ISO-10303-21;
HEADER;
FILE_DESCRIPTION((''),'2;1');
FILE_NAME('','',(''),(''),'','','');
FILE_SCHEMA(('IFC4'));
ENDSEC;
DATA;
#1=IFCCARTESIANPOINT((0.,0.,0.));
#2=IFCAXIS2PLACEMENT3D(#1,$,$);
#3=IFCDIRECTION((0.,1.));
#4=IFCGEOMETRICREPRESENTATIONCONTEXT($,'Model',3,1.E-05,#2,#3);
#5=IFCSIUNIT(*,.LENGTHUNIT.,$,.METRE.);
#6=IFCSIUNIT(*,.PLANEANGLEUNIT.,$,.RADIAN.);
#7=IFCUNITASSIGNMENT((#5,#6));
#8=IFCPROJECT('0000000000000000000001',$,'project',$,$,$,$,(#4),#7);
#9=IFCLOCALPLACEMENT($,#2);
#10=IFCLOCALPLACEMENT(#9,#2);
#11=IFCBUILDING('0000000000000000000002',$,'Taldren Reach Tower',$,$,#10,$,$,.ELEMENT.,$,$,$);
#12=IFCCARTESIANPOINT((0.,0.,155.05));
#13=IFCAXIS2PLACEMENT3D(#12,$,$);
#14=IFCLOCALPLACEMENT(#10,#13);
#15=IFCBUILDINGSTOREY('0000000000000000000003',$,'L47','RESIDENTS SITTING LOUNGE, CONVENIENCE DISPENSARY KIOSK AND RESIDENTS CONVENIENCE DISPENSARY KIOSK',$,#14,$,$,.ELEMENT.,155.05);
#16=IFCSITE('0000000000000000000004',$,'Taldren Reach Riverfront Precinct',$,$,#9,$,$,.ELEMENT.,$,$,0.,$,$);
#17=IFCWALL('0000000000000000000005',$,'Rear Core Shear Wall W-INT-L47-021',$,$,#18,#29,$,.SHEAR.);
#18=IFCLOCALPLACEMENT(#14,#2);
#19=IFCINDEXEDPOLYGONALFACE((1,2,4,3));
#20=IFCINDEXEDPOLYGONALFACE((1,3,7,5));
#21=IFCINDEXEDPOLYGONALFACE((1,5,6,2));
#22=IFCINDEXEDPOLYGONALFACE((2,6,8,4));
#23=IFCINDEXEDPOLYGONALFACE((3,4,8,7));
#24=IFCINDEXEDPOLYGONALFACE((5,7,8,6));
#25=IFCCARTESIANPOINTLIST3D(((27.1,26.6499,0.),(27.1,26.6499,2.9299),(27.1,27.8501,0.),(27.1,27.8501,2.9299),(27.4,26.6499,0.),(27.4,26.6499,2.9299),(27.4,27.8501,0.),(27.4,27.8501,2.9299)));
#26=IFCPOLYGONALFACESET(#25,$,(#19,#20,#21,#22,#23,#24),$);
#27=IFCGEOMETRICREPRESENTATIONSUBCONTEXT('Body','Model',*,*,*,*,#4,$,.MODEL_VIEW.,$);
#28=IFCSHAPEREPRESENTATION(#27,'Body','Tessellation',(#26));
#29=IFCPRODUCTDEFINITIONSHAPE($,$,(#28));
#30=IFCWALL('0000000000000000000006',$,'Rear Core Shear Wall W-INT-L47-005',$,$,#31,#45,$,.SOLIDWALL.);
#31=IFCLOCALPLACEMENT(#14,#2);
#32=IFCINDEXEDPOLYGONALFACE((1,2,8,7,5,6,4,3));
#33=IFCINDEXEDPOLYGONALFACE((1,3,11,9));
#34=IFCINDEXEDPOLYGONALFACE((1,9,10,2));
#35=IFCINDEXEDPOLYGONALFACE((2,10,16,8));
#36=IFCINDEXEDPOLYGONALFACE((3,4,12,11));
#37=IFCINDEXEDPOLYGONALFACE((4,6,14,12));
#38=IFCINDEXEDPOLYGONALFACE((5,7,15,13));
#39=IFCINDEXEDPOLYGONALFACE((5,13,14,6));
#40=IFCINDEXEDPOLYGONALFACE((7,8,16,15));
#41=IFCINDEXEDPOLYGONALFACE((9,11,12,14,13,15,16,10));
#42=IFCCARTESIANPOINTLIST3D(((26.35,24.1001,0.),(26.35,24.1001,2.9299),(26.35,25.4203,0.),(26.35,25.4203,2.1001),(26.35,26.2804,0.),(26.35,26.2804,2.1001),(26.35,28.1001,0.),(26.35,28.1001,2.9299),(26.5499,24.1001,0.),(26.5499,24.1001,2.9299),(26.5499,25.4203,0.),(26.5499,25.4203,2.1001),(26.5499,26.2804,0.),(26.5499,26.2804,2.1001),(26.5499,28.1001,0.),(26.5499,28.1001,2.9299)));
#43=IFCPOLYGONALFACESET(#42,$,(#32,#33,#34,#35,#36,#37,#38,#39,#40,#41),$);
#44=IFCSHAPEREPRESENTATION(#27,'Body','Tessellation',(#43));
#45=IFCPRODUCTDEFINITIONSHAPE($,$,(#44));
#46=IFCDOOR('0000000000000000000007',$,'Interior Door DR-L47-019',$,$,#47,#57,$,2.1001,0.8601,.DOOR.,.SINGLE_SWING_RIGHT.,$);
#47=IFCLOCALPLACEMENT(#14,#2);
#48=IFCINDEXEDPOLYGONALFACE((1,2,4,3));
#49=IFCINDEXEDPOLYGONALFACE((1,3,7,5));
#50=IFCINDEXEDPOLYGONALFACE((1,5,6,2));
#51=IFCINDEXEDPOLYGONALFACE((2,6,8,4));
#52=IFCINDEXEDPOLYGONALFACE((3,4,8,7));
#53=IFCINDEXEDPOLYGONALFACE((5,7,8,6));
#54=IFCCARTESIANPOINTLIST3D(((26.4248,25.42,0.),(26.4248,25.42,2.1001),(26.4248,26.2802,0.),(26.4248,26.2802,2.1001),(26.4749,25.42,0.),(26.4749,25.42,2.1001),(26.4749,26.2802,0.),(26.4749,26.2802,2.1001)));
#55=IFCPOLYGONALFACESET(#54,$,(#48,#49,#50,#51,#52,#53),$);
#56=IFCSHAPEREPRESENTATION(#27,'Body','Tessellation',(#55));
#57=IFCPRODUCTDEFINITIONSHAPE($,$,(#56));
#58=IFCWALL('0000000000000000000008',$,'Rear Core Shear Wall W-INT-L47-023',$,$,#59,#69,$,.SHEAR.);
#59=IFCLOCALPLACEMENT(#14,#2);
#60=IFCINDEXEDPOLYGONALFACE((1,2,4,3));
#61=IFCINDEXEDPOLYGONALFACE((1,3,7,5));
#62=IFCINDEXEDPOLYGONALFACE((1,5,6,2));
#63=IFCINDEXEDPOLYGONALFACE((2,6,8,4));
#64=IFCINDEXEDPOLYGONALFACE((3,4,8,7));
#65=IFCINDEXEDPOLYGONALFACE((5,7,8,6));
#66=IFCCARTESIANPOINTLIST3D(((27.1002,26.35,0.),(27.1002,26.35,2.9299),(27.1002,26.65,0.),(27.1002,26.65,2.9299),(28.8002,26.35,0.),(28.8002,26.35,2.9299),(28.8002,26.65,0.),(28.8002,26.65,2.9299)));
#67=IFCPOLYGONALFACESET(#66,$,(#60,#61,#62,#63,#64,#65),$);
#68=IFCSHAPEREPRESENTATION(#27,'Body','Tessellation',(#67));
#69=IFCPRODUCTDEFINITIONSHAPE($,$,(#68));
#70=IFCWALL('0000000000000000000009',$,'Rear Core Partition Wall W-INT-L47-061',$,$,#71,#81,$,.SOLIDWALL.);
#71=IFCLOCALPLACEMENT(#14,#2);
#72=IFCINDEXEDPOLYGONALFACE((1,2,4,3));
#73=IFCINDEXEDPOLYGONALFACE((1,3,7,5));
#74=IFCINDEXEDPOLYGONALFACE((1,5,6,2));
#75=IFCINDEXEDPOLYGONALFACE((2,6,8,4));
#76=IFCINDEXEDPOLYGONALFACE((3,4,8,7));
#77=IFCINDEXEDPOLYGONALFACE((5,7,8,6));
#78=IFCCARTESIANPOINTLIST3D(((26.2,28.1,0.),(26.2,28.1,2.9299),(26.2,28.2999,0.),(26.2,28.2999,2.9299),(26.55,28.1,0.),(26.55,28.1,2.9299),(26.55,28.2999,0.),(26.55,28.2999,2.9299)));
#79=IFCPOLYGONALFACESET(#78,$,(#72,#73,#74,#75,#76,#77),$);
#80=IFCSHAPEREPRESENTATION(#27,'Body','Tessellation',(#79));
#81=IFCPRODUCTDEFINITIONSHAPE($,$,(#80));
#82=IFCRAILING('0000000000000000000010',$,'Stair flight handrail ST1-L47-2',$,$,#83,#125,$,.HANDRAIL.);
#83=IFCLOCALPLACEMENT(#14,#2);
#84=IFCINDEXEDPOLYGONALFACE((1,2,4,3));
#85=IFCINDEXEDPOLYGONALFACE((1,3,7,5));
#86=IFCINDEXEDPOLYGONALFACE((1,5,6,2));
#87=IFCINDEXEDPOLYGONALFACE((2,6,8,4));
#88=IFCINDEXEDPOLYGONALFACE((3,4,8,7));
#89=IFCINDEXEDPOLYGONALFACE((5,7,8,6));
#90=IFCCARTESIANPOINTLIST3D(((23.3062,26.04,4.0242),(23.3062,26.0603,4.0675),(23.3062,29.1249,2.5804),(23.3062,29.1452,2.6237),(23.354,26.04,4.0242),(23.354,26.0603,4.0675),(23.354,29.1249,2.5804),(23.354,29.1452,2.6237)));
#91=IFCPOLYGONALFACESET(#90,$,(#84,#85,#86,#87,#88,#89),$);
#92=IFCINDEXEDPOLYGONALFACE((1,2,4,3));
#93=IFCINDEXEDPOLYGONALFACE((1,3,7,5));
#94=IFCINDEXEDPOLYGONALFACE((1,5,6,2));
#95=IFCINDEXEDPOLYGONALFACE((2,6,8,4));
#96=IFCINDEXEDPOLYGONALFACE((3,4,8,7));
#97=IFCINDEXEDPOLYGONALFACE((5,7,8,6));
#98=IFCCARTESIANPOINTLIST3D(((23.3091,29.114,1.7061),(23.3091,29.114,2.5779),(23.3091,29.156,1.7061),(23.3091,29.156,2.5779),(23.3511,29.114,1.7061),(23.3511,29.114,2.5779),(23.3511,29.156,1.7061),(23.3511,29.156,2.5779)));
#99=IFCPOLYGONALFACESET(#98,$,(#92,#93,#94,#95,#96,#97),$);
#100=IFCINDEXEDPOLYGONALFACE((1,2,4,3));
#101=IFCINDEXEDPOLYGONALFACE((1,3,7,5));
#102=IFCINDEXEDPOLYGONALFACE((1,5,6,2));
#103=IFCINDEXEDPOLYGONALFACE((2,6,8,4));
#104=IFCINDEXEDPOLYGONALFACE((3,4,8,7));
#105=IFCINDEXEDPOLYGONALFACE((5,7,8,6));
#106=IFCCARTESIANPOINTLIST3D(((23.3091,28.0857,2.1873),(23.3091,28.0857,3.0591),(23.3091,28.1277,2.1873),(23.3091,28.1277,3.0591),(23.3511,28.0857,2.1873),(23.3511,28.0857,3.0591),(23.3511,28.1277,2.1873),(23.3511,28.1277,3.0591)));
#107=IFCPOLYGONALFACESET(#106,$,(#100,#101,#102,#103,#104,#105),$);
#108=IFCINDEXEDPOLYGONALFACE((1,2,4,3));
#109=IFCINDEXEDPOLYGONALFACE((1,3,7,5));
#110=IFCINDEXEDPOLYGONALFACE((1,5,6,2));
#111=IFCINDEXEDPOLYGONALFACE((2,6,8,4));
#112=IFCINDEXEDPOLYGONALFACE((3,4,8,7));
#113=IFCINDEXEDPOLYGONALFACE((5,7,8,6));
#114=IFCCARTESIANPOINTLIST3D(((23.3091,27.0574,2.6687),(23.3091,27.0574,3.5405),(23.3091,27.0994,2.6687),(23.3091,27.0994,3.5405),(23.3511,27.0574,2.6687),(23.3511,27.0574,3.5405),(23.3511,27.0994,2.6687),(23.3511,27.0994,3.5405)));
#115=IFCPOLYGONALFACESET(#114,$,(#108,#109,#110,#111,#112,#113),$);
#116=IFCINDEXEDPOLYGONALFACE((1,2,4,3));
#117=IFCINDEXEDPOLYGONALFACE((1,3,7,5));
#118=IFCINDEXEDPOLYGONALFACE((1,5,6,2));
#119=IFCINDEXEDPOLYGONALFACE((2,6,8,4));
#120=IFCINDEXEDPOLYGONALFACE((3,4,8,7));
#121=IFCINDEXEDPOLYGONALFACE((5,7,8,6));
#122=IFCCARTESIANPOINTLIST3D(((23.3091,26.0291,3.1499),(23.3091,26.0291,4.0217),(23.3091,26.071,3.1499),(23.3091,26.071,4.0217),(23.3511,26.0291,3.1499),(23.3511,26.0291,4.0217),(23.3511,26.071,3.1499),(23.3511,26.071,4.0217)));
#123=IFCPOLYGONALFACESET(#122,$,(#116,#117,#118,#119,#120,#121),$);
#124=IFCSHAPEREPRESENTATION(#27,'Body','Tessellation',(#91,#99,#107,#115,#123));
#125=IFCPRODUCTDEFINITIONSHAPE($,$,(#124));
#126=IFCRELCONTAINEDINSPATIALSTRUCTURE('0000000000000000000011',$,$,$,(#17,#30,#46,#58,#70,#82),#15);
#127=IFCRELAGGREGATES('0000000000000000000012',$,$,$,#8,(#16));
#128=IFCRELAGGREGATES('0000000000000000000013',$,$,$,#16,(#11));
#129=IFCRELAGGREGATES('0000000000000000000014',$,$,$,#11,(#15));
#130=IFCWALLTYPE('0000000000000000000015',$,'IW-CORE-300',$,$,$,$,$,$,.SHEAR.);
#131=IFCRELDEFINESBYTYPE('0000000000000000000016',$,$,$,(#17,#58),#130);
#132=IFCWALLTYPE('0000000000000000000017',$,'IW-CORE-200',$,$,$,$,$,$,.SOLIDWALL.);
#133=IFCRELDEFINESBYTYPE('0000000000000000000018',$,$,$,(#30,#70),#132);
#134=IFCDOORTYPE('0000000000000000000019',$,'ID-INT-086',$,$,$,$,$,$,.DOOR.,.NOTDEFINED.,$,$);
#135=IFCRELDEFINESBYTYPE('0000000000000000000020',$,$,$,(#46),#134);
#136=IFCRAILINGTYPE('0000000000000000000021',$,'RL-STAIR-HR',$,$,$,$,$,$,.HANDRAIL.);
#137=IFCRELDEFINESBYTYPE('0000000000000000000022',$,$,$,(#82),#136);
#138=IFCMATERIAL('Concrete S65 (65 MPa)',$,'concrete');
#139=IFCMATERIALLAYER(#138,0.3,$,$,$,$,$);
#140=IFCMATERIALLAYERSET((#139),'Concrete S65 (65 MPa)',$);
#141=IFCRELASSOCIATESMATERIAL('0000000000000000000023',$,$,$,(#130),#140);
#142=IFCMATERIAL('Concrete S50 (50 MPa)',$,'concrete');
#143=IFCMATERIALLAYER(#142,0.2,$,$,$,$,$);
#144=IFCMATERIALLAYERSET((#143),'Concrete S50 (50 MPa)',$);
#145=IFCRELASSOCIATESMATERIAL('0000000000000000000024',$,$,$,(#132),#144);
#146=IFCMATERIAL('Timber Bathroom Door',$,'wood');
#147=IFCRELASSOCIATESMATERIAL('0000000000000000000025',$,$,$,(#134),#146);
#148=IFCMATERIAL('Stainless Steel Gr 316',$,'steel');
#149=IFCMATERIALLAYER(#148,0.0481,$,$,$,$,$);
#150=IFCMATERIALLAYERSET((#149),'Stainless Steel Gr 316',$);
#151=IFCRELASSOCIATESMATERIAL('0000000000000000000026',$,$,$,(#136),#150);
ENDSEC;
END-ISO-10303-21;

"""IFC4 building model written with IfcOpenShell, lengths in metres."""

from ifc_helpers import new_model, si_unit, direction, frame, frame_2d, origin, origin_2d, place, context, subcontext, project, spatial, rectangle, extrude, source, transform, mapped, material, layer, layer_set, type_object, element, fill, save


model = new_model("IFC4")

# Units and contexts
model_context = context("Model", 3, precision=1e-05, world=origin(), true_north=direction((0.0, 1.0)))
body_context = subcontext(model_context, "Body", "Model", "MODEL_VIEW")
ifc_project = project(units=[si_unit("LENGTHUNIT", "METRE"), si_unit("PLANEANGLEUNIT", "RADIAN")], contexts=[model_context])

# Site, building, storey
site_placement = place(None, origin())
site = spatial("IfcSite", under=ifc_project, at=site_placement, Name="Taldren Reach Riverfront Precinct", CompositionType="ELEMENT", RefElevation=0.0)
building_placement = place(site_placement, origin())
building = spatial("IfcBuilding", under=site, at=building_placement, Name="Taldren Reach Tower", CompositionType="ELEMENT")
storey_placement = place(building_placement, frame((0.0, 0.0, 155.05)))
storey = spatial("IfcBuildingStorey", under=building, at=storey_placement, Name="L47", Description="RESIDENTS SITTING LOUNGE, CONVENIENCE DISPENSARY KIOSK AND RESIDENTS CONVENIENCE DISPENSARY KIOSK", CompositionType="ELEMENT", Elevation=155.05)

# Shared definitions
ifc_material_1 = material(Name="Concrete S65 (65 MPa)", Category="concrete")
ifc_layer_1 = layer(ifc_material_1, 0.3)
ifc_layer_set_1 = layer_set([ifc_layer_1], Name="Concrete S65 (65 MPa)")
wall_type_1 = type_object("IfcWallType", Name="IW-CORE-300", PredefinedType="SHEAR", material=ifc_layer_set_1)

# Shared definitions
ifc_material_2 = material(Name="Concrete S50 (50 MPa)", Category="concrete")
ifc_layer_2 = layer(ifc_material_2, 0.2)
ifc_layer_set_2 = layer_set([ifc_layer_2], Name="Concrete S50 (50 MPa)")
wall_type_2 = type_object("IfcWallType", Name="IW-CORE-200", PredefinedType="SOLIDWALL", material=ifc_layer_set_2)

# Wall
shared_shape_1 = source(origin(), body_context, "Body", "SweptSolid", [
    extrude(rectangle(XDim=1.2002, YDim=0.3, at=frame_2d((0.6001, 0.0))), origin(), (0.0, 0.0, 1.0), 2.9299),
])
wall_1_placement = place(storey_placement, frame((27.25, 27.8501, 0.0), z_axis=(0.0, 0.0, 1.0), x_axis=(0.0, -1.0, 0.0)))
element("IfcWall", 1, at=wall_1_placement, inside=storey, type_object=wall_type_1, Name="Rear Core Shear Wall W-INT-L47-021", PredefinedType="SHEAR", context=body_context, shape_type="MappedRepresentation", body=[
    mapped(shared_shape_1, transform((0.0, 0.0, 0.0), scale=1.0)),
])

# Wall, opening, door
shared_shape_2 = source(origin(), body_context, "Body", "SweptSolid", [
    extrude(rectangle(XDim=4.0, YDim=0.2, at=frame_2d((2.0, 0.0))), origin(), (0.0, 0.0, 1.0), 2.9299),
])
wall_2_placement = place(storey_placement, frame((26.45, 24.1001, 0.0), z_axis=(0.0, 0.0, 1.0), x_axis=(0.0, 1.0, 0.0)))
wall_2 = element("IfcWall", 2, at=wall_2_placement, inside=storey, type_object=wall_type_2, Name="Rear Core Shear Wall W-INT-L47-005", PredefinedType="SOLIDWALL", context=body_context, shape_type="MappedRepresentation", body=[
    mapped(shared_shape_2, transform((0.0, 0.0, 0.0), scale=1.0)),
])
shared_shape_3 = source(origin(), body_context, "Body", "SweptSolid", [
    extrude(rectangle(XDim=0.8601, YDim=2.1001, at=frame_2d((0.4302, 1.05))), frame((0.0, 0.1099, 0.0), z_axis=(0.0, -1.0, 0.0), x_axis=(1.0, 0.0, 0.0)), (0.0, 0.0, 1.0), 0.22),
])
opening_1_placement = place(wall_2_placement, frame((1.3201, 0.0, 0.0)))
opening_1 = element("IfcOpeningElement", 3, at=opening_1_placement, cuts=wall_2, PredefinedType="OPENING", context=body_context, shape_type="MappedRepresentation", body=[
    mapped(shared_shape_3, transform((0.0, 0.0, 0.0), scale=1.0)),
])
ifc_material_3 = material(Name="Timber Bathroom Door", Category="wood")
door_type_1 = type_object("IfcDoorType", Name="ID-INT-086", OperationType="NOTDEFINED", PredefinedType="DOOR", material=ifc_material_3)
shared_shape_4 = source(origin(), body_context, "Body", "SweptSolid", [
    extrude(rectangle(XDim=0.8601, YDim=2.1001, at=frame_2d((0.4302, 1.05))), frame((0.0, 0.0249, 0.0), z_axis=(0.0, -1.0, 0.0), x_axis=(1.0, 0.0, 0.0)), (0.0, 0.0, 1.0), 0.05),
])
door_1_placement = place(opening_1_placement, frame((0.8601, 0.0, 0.0), z_axis=(0.0, 0.0, 1.0), x_axis=(-1.0, 0.0, 0.0)))
door_1 = element("IfcDoor", 4, at=door_1_placement, inside=storey, type_object=door_type_1, Name="Interior Door DR-L47-019", OperationType="SINGLE_SWING_RIGHT", OverallHeight=2.1001, OverallWidth=0.8601, PredefinedType="DOOR", context=body_context, shape_type="MappedRepresentation", body=[
    mapped(shared_shape_4, transform((0.0, 0.0, 0.0), scale=1.0)),
])
fill(opening_1, door_1)

# Wall
shared_shape_5 = source(origin(), body_context, "Body", "SweptSolid", [
    extrude(rectangle(XDim=1.7, YDim=0.3, at=frame_2d((0.8501, 0.0))), origin(), (0.0, 0.0, 1.0), 2.9299),
])
wall_3_placement = place(storey_placement, frame((27.1001, 26.5, 0.0), z_axis=(0.0, 0.0, 1.0), x_axis=(1.0, 0.0, 0.0)))
element("IfcWall", 5, at=wall_3_placement, inside=storey, type_object=wall_type_1, Name="Rear Core Shear Wall W-INT-L47-023", PredefinedType="SHEAR", context=body_context, shape_type="MappedRepresentation", body=[
    mapped(shared_shape_5, transform((0.0, 0.0, 0.0), scale=1.0)),
])

# Wall
shared_shape_6 = source(origin(), body_context, "Body", "SweptSolid", [
    extrude(rectangle(XDim=0.3501, YDim=0.2, at=frame_2d((0.175, 0.0))), origin(), (0.0, 0.0, 1.0), 2.9299),
])
wall_4_placement = place(storey_placement, frame((26.2, 28.2, 0.0), z_axis=(0.0, 0.0, 1.0), x_axis=(1.0, 0.0, 0.0)))
element("IfcWall", 6, at=wall_4_placement, inside=storey, type_object=wall_type_2, Name="Rear Core Partition Wall W-INT-L47-061", PredefinedType="SOLIDWALL", context=body_context, shape_type="MappedRepresentation", body=[
    mapped(shared_shape_6, transform((0.0, 0.0, 0.0), scale=1.0)),
])

# Railing
ifc_material_4 = material(Name="Stainless Steel Gr 316", Category="steel")
ifc_layer_3 = layer(ifc_material_4, 0.0481)
ifc_layer_set_3 = layer_set([ifc_layer_3], Name="Stainless Steel Gr 316")
railing_type = type_object("IfcRailingType", Name="RL-STAIR-HR", PredefinedType="HANDRAIL", material=ifc_layer_set_3)
railing_placement = place(storey_placement, frame((23.3301, 29.135, 1.7061)))
element("IfcRailing", 7, at=railing_placement, inside=storey, type_object=railing_type, Name="Stair flight handrail ST1-L47-2", PredefinedType="HANDRAIL", context=body_context, shape_type="SweptSolid", body=[
    extrude(rectangle(XDim=0.0479, YDim=0.0479, at=origin_2d()), frame((0.0, 0.0, 0.896), z_axis=(0.0, -0.90571, 0.423898), x_axis=(1.0, 0.0, 0.0)), (0.0, 0.0, 1.0), 3.406),
    extrude(rectangle(XDim=0.042, YDim=0.042, at=origin_2d()), origin(), (0.0, 0.0, 1.0), 0.8718),
    extrude(rectangle(XDim=0.042, YDim=0.042, at=origin_2d()), frame((0.0, -1.0283, 0.4812)), (0.0, 0.0, 1.0), 0.8718),
    extrude(rectangle(XDim=0.042, YDim=0.042, at=origin_2d()), frame((0.0, -2.0566, 0.9626)), (0.0, 0.0, 1.0), 0.8718),
    extrude(rectangle(XDim=0.042, YDim=0.042, at=origin_2d()), frame((0.0, -3.085, 1.4438)), (0.0, 0.0, 1.0), 0.8718),
])

save(model, "model.ifc")
